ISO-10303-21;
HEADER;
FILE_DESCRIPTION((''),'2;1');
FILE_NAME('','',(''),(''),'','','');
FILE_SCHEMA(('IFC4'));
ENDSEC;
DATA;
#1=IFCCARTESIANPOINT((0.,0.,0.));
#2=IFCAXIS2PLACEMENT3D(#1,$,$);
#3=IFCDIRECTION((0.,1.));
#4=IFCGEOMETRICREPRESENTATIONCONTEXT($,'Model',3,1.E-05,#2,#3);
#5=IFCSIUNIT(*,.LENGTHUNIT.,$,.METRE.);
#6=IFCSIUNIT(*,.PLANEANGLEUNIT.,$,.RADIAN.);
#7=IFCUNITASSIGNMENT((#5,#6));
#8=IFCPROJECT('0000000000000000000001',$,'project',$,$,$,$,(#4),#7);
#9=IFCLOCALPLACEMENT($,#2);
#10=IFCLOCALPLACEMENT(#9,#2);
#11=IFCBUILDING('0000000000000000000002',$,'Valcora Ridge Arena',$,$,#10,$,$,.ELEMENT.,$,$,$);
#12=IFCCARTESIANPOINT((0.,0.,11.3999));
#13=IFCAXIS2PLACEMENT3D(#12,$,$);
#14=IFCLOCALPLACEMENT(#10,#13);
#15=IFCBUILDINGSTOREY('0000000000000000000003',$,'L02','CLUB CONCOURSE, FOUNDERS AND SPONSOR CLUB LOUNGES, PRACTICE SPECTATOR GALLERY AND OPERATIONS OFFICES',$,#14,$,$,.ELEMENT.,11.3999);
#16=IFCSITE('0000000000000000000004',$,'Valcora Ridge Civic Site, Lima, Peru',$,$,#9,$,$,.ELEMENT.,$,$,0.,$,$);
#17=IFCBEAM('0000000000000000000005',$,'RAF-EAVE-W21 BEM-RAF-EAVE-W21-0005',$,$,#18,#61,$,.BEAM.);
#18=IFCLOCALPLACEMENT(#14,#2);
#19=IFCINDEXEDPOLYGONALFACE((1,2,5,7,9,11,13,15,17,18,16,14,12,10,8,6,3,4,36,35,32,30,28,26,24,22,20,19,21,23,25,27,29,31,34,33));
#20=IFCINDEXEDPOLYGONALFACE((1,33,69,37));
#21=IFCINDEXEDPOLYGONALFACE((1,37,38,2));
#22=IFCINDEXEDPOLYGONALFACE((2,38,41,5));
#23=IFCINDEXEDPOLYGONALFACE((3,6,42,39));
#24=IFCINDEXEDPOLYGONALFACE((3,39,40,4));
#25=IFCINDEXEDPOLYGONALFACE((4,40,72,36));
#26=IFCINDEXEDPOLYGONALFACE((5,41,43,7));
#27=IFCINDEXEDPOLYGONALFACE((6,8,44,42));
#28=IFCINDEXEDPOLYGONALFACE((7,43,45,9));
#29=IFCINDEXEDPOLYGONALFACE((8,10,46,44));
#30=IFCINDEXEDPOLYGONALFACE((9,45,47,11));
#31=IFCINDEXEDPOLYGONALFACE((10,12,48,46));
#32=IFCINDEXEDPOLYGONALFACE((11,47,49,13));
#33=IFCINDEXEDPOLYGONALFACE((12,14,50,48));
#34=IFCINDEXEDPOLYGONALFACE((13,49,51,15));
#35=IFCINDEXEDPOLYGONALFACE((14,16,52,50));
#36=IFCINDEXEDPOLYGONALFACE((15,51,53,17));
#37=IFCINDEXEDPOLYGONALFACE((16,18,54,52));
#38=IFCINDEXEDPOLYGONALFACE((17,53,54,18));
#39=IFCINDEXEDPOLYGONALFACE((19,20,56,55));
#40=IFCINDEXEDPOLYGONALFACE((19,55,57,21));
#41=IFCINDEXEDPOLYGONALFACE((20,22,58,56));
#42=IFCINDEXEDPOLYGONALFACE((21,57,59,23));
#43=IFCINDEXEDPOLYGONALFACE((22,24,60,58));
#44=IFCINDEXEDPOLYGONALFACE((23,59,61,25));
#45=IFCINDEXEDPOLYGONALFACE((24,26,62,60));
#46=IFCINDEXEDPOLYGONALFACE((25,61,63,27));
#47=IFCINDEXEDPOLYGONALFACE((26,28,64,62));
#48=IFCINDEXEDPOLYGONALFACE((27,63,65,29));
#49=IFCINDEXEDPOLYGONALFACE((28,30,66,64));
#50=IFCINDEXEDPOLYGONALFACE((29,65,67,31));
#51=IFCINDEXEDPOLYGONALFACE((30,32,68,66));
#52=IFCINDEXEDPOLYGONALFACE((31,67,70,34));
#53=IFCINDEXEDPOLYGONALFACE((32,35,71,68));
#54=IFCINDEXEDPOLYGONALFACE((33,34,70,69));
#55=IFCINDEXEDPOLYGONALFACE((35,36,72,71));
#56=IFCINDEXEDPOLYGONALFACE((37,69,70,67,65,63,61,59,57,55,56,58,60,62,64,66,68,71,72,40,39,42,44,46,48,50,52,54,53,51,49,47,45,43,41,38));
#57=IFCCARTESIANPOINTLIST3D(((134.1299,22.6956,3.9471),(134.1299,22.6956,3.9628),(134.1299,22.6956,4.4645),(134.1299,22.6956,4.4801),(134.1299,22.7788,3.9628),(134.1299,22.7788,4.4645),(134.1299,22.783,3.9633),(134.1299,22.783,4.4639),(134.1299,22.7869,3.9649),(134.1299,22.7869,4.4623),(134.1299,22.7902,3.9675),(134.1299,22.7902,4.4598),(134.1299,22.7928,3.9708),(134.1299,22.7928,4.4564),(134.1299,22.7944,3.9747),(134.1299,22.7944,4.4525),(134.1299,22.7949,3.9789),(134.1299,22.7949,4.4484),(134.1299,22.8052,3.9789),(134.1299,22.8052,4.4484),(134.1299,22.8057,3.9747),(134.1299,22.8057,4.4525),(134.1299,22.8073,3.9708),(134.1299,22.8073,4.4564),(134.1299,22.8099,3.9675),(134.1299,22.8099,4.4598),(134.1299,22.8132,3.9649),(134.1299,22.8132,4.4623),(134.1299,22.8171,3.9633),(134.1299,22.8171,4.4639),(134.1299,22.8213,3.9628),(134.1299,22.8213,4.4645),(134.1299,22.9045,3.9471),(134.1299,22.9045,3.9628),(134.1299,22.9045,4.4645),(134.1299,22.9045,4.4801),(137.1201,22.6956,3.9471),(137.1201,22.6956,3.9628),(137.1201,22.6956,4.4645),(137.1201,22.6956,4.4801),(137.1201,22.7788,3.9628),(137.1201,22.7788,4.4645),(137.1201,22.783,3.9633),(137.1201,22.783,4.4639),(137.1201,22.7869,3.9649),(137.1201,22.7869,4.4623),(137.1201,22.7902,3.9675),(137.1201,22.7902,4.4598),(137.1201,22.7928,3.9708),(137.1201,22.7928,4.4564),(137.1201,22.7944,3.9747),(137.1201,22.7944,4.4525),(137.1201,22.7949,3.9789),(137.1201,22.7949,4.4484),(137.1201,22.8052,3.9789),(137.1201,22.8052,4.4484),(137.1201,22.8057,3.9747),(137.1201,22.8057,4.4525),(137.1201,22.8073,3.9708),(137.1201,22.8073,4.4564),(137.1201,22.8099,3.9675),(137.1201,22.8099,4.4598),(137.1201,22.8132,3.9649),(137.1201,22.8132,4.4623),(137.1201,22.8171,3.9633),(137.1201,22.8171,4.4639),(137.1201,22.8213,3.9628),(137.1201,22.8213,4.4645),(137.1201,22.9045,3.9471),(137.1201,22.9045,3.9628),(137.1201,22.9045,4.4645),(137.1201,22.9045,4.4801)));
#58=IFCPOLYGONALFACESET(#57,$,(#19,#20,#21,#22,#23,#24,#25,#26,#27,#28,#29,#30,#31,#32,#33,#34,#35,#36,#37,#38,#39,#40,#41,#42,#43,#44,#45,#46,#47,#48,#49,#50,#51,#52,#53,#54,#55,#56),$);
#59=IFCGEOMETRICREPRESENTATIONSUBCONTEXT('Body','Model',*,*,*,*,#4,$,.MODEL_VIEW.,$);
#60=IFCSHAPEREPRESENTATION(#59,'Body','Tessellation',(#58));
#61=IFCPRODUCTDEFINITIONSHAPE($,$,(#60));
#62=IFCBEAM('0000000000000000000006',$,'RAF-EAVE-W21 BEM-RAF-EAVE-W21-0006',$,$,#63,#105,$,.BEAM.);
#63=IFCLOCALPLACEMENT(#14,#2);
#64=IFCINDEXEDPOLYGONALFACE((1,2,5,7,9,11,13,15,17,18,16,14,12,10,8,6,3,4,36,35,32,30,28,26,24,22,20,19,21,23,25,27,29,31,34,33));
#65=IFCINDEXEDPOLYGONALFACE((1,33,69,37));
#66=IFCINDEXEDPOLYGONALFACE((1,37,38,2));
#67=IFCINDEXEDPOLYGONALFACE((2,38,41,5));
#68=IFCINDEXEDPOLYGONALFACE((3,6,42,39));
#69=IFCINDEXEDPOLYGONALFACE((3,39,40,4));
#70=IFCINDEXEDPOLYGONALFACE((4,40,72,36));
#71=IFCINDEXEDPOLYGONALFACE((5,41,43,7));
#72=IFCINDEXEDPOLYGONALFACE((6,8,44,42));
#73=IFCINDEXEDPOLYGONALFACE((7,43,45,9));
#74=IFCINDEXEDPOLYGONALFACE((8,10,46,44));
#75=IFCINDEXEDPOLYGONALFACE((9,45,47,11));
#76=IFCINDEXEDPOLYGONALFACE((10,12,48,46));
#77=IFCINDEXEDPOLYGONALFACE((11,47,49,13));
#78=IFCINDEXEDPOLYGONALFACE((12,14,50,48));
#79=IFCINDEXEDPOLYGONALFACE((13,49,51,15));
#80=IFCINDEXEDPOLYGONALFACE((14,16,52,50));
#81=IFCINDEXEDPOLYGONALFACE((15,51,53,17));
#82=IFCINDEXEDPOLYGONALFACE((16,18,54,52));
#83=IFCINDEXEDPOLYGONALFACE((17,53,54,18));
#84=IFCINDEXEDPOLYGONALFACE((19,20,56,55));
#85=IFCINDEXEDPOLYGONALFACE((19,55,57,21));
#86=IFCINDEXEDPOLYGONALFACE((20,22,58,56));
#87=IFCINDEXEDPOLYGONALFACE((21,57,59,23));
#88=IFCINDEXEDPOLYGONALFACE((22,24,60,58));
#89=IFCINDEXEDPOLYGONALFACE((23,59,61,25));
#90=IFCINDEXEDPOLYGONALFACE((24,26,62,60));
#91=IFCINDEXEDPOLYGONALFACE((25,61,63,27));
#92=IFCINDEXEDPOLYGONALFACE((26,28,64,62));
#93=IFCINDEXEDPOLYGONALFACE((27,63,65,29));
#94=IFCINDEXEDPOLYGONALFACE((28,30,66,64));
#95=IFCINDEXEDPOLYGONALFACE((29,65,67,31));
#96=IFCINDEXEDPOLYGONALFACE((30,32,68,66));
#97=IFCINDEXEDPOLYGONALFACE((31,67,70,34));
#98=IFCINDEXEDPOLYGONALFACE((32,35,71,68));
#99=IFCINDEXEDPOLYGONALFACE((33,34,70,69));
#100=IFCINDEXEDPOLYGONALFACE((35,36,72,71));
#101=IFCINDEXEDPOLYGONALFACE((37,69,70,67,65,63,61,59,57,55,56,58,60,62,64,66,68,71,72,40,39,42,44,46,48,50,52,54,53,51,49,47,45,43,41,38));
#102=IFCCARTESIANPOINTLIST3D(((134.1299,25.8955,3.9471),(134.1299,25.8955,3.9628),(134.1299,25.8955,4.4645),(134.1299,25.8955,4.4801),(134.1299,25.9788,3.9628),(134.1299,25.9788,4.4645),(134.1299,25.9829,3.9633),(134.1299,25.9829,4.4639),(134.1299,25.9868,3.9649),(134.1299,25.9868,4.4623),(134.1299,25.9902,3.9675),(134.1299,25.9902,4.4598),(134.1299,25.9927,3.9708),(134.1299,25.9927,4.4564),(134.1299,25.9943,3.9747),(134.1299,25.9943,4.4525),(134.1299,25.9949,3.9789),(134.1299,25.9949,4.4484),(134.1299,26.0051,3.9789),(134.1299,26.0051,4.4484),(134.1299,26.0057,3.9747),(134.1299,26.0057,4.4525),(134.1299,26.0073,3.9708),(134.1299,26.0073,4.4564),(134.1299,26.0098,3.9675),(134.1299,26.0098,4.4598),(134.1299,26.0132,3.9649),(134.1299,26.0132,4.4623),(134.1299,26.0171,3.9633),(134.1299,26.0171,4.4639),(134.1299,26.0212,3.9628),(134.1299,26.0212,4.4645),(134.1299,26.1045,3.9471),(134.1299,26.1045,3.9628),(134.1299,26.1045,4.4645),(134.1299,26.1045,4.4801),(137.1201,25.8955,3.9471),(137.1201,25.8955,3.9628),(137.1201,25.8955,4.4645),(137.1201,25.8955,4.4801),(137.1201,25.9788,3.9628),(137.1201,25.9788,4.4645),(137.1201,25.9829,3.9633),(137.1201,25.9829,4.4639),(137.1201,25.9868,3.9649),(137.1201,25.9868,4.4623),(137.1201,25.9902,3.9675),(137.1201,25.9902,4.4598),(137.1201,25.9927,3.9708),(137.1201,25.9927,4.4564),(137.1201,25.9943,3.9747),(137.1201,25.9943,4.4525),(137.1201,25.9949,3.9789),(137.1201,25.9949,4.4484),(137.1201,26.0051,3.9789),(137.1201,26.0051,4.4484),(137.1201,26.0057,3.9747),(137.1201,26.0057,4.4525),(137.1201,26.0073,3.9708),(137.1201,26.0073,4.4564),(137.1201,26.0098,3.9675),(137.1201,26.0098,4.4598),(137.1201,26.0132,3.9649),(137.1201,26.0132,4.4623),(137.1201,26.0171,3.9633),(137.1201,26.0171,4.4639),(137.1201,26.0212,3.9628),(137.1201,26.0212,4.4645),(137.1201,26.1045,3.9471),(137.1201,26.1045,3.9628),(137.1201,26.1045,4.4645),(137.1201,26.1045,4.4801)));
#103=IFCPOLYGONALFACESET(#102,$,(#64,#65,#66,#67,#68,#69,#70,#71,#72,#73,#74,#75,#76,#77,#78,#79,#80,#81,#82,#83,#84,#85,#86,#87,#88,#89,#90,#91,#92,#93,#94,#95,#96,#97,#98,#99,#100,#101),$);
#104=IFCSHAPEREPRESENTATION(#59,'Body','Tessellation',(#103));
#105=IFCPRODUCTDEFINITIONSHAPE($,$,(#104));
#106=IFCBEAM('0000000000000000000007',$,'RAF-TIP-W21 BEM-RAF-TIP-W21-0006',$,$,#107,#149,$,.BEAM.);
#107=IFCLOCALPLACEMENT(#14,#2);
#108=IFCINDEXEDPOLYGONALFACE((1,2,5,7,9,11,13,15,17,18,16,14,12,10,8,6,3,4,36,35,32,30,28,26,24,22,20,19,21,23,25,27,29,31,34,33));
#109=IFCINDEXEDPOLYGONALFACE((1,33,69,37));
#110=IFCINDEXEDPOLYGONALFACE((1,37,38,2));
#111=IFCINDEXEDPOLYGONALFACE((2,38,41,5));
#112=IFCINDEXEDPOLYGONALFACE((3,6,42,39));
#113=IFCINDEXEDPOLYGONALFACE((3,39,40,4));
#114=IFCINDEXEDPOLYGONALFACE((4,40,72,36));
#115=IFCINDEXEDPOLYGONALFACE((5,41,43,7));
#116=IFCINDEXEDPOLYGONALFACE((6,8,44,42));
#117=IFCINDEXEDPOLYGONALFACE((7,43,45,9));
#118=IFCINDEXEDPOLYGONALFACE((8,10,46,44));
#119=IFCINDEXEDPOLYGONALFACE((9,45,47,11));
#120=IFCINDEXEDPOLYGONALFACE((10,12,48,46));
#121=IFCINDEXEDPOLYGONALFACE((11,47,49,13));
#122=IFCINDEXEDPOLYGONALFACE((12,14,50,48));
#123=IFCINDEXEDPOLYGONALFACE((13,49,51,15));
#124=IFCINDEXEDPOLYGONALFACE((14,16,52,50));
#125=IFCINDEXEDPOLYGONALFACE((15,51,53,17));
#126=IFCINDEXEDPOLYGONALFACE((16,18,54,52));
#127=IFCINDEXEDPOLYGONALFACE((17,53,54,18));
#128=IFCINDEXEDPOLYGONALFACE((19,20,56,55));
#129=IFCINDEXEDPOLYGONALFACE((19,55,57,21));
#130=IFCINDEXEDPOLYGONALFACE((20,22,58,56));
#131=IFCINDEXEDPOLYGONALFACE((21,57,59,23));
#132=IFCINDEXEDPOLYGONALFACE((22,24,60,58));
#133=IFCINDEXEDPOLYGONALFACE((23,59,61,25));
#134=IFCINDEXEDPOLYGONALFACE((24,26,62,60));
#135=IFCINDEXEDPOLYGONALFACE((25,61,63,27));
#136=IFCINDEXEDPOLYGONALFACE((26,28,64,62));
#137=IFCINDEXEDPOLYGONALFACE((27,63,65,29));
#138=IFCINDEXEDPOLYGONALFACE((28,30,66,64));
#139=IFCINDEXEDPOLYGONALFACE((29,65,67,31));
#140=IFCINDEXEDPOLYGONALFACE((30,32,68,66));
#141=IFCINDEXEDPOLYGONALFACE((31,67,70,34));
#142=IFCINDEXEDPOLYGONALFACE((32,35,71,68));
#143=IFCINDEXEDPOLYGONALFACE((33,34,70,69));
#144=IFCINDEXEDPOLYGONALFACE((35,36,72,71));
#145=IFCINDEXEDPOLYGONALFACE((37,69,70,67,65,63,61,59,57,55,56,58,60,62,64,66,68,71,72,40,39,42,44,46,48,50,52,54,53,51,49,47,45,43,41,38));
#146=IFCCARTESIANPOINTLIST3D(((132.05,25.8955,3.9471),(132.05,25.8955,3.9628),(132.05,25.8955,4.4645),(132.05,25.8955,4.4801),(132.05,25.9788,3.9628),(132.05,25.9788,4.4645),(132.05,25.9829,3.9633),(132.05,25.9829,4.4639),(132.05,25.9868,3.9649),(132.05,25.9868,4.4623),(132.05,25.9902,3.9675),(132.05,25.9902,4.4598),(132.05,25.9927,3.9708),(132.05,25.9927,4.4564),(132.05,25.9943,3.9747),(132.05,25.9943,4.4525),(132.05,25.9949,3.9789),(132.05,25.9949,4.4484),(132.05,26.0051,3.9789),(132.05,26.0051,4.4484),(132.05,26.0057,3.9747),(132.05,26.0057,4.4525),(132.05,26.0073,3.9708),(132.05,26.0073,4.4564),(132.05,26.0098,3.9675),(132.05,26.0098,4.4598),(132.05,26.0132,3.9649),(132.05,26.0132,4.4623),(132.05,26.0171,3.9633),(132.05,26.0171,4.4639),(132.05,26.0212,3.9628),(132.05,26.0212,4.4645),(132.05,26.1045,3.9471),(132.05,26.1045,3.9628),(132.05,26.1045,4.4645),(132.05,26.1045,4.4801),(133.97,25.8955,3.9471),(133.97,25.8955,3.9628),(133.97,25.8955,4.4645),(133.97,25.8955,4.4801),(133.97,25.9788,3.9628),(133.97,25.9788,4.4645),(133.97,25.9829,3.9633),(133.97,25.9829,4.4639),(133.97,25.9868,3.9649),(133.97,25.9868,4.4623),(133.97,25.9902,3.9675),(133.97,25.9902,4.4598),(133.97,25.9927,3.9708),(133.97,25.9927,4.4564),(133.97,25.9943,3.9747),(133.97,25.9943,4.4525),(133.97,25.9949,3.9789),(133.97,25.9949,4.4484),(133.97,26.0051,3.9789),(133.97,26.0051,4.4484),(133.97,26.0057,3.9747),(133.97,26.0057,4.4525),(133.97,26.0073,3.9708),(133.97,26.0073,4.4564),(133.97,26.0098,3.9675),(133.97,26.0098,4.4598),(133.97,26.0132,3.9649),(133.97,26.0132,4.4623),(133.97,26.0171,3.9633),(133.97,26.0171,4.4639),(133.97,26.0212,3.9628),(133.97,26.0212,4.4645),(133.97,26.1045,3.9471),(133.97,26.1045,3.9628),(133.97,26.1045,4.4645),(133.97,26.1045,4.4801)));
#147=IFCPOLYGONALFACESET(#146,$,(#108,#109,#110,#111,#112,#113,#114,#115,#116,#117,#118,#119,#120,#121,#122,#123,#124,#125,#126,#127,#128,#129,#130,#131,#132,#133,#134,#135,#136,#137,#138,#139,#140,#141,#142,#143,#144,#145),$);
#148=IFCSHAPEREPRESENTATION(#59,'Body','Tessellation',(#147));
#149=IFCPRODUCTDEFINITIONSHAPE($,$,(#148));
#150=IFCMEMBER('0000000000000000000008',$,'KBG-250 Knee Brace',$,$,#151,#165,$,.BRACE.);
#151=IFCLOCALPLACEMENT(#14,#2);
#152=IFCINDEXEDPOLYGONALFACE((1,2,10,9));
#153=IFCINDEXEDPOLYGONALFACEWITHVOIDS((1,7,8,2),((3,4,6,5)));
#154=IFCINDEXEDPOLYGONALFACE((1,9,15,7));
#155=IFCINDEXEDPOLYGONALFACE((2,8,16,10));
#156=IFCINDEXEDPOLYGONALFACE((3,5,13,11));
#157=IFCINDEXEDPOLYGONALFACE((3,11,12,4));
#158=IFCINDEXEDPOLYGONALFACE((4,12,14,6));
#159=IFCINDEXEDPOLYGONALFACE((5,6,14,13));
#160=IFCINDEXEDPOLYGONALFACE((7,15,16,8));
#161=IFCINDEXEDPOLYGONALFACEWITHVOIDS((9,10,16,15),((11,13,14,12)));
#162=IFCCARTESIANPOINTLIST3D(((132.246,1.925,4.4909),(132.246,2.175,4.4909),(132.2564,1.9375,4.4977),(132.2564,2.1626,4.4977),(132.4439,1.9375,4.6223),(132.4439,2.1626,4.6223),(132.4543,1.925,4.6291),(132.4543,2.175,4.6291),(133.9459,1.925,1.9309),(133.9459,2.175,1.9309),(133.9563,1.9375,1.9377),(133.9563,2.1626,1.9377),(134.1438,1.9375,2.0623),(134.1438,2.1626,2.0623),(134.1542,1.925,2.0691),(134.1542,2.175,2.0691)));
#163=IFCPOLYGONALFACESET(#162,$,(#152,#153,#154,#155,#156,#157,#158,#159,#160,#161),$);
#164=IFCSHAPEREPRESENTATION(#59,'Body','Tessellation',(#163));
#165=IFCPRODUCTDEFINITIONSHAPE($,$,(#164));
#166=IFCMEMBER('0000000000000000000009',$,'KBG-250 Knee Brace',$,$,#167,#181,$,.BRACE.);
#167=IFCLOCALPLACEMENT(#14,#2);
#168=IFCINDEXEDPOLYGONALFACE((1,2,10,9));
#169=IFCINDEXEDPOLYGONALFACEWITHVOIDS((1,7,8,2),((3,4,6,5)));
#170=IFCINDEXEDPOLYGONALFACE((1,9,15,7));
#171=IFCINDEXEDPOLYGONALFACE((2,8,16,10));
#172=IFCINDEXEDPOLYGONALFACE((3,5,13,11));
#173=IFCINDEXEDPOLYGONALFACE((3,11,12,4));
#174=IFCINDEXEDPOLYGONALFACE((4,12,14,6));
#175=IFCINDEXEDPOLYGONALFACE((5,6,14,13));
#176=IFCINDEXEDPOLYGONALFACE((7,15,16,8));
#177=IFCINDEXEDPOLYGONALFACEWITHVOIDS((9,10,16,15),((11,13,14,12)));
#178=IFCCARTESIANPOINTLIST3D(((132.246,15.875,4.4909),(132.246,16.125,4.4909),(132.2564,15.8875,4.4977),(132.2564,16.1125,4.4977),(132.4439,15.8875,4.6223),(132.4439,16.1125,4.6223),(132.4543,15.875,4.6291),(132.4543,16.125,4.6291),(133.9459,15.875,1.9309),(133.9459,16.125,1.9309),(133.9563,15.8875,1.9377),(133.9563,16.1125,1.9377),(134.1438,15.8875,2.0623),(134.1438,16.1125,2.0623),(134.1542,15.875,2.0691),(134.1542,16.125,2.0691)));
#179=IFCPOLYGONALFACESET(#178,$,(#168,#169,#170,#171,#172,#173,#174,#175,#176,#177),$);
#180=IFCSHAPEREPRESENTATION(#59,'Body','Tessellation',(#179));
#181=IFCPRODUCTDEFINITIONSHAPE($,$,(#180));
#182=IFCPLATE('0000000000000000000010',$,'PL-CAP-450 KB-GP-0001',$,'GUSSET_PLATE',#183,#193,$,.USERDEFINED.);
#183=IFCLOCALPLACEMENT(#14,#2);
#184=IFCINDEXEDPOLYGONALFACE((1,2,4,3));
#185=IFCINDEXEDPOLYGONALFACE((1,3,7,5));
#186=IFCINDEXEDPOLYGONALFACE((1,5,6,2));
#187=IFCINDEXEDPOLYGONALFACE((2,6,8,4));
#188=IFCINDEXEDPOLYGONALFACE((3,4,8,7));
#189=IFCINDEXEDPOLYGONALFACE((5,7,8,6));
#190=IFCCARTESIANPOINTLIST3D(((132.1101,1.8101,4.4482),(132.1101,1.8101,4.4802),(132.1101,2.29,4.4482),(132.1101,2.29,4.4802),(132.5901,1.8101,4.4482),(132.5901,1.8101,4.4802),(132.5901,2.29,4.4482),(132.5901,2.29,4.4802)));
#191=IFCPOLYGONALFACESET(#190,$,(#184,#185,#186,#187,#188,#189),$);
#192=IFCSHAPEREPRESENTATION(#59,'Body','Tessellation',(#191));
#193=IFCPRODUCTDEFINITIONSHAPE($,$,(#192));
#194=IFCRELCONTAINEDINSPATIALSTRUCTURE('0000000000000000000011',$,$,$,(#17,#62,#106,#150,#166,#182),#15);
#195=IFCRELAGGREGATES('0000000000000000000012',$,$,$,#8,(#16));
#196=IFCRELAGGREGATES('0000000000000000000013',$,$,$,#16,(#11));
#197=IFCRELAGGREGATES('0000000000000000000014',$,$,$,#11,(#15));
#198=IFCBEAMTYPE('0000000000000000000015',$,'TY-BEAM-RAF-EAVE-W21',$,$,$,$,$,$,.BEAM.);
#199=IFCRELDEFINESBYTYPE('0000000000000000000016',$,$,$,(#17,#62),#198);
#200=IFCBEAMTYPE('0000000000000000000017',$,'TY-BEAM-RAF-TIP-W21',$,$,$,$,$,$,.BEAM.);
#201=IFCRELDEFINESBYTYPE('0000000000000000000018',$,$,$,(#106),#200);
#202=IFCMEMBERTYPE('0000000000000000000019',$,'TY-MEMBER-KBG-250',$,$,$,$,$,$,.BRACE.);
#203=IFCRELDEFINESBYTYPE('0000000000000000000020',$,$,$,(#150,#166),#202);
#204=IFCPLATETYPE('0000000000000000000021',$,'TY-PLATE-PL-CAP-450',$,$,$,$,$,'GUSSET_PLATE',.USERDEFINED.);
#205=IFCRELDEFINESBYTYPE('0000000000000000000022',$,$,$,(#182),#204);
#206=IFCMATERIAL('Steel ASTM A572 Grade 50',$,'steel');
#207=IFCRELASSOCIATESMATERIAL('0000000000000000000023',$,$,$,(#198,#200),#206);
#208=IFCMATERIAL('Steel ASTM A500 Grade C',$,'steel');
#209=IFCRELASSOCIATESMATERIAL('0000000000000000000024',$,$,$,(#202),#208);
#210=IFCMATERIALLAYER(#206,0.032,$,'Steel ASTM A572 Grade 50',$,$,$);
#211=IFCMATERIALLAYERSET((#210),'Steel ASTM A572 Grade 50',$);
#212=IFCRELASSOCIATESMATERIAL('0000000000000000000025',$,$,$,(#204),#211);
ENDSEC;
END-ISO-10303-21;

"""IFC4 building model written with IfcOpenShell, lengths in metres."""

from ifc_helpers import new_model, si_unit, direction, frame, origin, origin_2d, place, context, subcontext, project, spatial, rectangle, hollow_rectangle, i_section, extrude, material, layer, layer_set, material_profile, profile_set, type_object, element, save


model = new_model("IFC4")

# Units and contexts
model_context = context("Model", 3, precision=1e-05, world=origin(), true_north=direction((0.0, 1.0)))
body_context = subcontext(model_context, "Body", "Model", "MODEL_VIEW")
ifc_project = project(units=[si_unit("LENGTHUNIT", "METRE"), si_unit("PLANEANGLEUNIT", "RADIAN")], contexts=[model_context])

# Site, building, storey
site_placement = place(None, origin())
site = spatial("IfcSite", under=ifc_project, at=site_placement, Name="Valcora Ridge Civic Site, Lima, Peru", CompositionType="ELEMENT", RefElevation=0.0)
building_placement = place(site_placement, origin())
building = spatial("IfcBuilding", under=site, at=building_placement, Name="Valcora Ridge Arena", CompositionType="ELEMENT")
storey_placement = place(building_placement, frame((0.0, 0.0, 11.3999)))
storey = spatial("IfcBuildingStorey", under=building, at=storey_placement, Name="L02", Description="CLUB CONCOURSE, FOUNDERS AND SPONSOR CLUB LOUNGES, PRACTICE SPECTATOR GALLERY AND OPERATIONS OFFICES", CompositionType="ELEMENT", Elevation=11.3999)

# Shared definitions
ifc_material_1 = material(Name="Steel ASTM A500 Grade C", Category="steel")

# Beams
ifc_material_2 = material(Name="Steel ASTM A572 Grade 50", Category="steel")
ifc_material_profile_1 = material_profile(ifc_material_2, i_section(OverallWidth=0.209, OverallDepth=0.533, WebThickness=0.0103, FlangeThickness=0.0156, FilletRadius=0.0161, at=origin_2d()), Name="W21X62")
ifc_profile_set_1 = profile_set([ifc_material_profile_1], Name="Steel ASTM A572 Grade 50")
beam_type_1 = type_object("IfcBeamType", Name="TY-BEAM-RAF-EAVE-W21", PredefinedType="BEAM", material=ifc_profile_set_1)
for number, where, z_axis, x_axis, name in (
    (1, (134.1299, 22.8, 4.2136), (1.0, 0.0, 0.0), (0.0, 1.0, 0.0), "RAF-EAVE-W21 BEM-RAF-EAVE-W21-0005"),
    (2, (134.1299, 26.0, 4.2136), (1.0, 0.0, 0.0), (0.0, 1.0, 0.0), "RAF-EAVE-W21 BEM-RAF-EAVE-W21-0006"),
):
    element("IfcBeam", number, at=place(storey_placement, frame(where, z_axis=z_axis, x_axis=x_axis)), inside=storey, type_object=beam_type_1, Name=name, PredefinedType="BEAM", context=body_context, shape_type="SweptSolid", body=[
        extrude(i_section(OverallWidth=0.209, OverallDepth=0.533, WebThickness=0.0103, FlangeThickness=0.0156, FilletRadius=0.0161, at=origin_2d()), origin(), (0.0, 0.0, 1.0), 2.9902),
    ])
ifc_material_profile_2 = material_profile(ifc_material_2, i_section(OverallWidth=0.209, OverallDepth=0.533, WebThickness=0.0103, FlangeThickness=0.0156, FilletRadius=0.0161, at=origin_2d()), Name="W21X62")
ifc_profile_set_2 = profile_set([ifc_material_profile_2], Name="Steel ASTM A572 Grade 50")
beam_type_2 = type_object("IfcBeamType", Name="TY-BEAM-RAF-TIP-W21", PredefinedType="BEAM", material=ifc_profile_set_2)
beam_1_placement = place(storey_placement, frame((132.05, 26.0, 4.2136), z_axis=(1.0, 0.0, 0.0), x_axis=(0.0, 1.0, 0.0)))
element("IfcBeam", 3, at=beam_1_placement, inside=storey, type_object=beam_type_2, Name="RAF-TIP-W21 BEM-RAF-TIP-W21-0006", PredefinedType="BEAM", context=body_context, shape_type="SweptSolid", body=[
    extrude(i_section(OverallWidth=0.209, OverallDepth=0.533, WebThickness=0.0103, FlangeThickness=0.0156, FilletRadius=0.0161, at=origin_2d()), origin(), (0.0, 0.0, 1.0), 1.9199),
])

# Members
ifc_material_profile_3 = material_profile(ifc_material_1, hollow_rectangle(XDim=0.25, YDim=0.25, WallThickness=0.0125, at=origin_2d()), Name="HSS250X250X12")
ifc_profile_set_3 = profile_set([ifc_material_profile_3], Name="Steel ASTM A500 Grade C")
member_type = type_object("IfcMemberType", Name="TY-MEMBER-KBG-250", PredefinedType="BRACE", material=ifc_profile_set_3)
for number, where, z_axis, x_axis, name in (
    (4, (134.05, 2.05, 2.0), (-0.553178, 0.0, 0.833063), (0.0, -1.0, 0.0), "KBG-250 Knee Brace"),
    (5, (134.05, 16.0, 2.0), (-0.553178, 0.0, 0.833063), (0.0, -1.0, 0.0), "KBG-250 Knee Brace"),
):
    element("IfcMember", number, at=place(storey_placement, frame(where, z_axis=z_axis, x_axis=x_axis)), inside=storey, type_object=member_type, Name=name, PredefinedType="BRACE", context=body_context, shape_type="SweptSolid", body=[
        extrude(hollow_rectangle(XDim=0.25, YDim=0.25, WallThickness=0.0125, at=origin_2d()), origin(), (0.0, 0.0, 1.0), 3.073),
    ])

# Plate
ifc_layer_1 = layer(ifc_material_2, 0.032, Name="Steel ASTM A572 Grade 50")
ifc_layer_set_1 = layer_set([ifc_layer_1], Name="Steel ASTM A572 Grade 50")
plate_type_1 = type_object("IfcPlateType", Name="TY-PLATE-PL-CAP-450", ElementType="GUSSET_PLATE", PredefinedType="USERDEFINED", material=ifc_layer_set_1)
for number, where, z_axis, x_axis, name in (
    (6, (132.3501, 2.05, 4.4482), (0.0, 0.0, 1.0), (1.0, 0.0, 0.0), "PL-CAP-450 KB-GP-0001"),
):
    element("IfcPlate", number, at=place(storey_placement, frame(where, z_axis=z_axis, x_axis=x_axis)), inside=storey, type_object=plate_type_1, Name=name, ObjectType="GUSSET_PLATE", PredefinedType="USERDEFINED", context=body_context, shape_type="SweptSolid", body=[
        extrude(rectangle(XDim=0.48, YDim=0.48, at=origin_2d()), origin(), (0.0, 0.0, 1.0), 0.032),
    ])

save(model, "model.ifc")
